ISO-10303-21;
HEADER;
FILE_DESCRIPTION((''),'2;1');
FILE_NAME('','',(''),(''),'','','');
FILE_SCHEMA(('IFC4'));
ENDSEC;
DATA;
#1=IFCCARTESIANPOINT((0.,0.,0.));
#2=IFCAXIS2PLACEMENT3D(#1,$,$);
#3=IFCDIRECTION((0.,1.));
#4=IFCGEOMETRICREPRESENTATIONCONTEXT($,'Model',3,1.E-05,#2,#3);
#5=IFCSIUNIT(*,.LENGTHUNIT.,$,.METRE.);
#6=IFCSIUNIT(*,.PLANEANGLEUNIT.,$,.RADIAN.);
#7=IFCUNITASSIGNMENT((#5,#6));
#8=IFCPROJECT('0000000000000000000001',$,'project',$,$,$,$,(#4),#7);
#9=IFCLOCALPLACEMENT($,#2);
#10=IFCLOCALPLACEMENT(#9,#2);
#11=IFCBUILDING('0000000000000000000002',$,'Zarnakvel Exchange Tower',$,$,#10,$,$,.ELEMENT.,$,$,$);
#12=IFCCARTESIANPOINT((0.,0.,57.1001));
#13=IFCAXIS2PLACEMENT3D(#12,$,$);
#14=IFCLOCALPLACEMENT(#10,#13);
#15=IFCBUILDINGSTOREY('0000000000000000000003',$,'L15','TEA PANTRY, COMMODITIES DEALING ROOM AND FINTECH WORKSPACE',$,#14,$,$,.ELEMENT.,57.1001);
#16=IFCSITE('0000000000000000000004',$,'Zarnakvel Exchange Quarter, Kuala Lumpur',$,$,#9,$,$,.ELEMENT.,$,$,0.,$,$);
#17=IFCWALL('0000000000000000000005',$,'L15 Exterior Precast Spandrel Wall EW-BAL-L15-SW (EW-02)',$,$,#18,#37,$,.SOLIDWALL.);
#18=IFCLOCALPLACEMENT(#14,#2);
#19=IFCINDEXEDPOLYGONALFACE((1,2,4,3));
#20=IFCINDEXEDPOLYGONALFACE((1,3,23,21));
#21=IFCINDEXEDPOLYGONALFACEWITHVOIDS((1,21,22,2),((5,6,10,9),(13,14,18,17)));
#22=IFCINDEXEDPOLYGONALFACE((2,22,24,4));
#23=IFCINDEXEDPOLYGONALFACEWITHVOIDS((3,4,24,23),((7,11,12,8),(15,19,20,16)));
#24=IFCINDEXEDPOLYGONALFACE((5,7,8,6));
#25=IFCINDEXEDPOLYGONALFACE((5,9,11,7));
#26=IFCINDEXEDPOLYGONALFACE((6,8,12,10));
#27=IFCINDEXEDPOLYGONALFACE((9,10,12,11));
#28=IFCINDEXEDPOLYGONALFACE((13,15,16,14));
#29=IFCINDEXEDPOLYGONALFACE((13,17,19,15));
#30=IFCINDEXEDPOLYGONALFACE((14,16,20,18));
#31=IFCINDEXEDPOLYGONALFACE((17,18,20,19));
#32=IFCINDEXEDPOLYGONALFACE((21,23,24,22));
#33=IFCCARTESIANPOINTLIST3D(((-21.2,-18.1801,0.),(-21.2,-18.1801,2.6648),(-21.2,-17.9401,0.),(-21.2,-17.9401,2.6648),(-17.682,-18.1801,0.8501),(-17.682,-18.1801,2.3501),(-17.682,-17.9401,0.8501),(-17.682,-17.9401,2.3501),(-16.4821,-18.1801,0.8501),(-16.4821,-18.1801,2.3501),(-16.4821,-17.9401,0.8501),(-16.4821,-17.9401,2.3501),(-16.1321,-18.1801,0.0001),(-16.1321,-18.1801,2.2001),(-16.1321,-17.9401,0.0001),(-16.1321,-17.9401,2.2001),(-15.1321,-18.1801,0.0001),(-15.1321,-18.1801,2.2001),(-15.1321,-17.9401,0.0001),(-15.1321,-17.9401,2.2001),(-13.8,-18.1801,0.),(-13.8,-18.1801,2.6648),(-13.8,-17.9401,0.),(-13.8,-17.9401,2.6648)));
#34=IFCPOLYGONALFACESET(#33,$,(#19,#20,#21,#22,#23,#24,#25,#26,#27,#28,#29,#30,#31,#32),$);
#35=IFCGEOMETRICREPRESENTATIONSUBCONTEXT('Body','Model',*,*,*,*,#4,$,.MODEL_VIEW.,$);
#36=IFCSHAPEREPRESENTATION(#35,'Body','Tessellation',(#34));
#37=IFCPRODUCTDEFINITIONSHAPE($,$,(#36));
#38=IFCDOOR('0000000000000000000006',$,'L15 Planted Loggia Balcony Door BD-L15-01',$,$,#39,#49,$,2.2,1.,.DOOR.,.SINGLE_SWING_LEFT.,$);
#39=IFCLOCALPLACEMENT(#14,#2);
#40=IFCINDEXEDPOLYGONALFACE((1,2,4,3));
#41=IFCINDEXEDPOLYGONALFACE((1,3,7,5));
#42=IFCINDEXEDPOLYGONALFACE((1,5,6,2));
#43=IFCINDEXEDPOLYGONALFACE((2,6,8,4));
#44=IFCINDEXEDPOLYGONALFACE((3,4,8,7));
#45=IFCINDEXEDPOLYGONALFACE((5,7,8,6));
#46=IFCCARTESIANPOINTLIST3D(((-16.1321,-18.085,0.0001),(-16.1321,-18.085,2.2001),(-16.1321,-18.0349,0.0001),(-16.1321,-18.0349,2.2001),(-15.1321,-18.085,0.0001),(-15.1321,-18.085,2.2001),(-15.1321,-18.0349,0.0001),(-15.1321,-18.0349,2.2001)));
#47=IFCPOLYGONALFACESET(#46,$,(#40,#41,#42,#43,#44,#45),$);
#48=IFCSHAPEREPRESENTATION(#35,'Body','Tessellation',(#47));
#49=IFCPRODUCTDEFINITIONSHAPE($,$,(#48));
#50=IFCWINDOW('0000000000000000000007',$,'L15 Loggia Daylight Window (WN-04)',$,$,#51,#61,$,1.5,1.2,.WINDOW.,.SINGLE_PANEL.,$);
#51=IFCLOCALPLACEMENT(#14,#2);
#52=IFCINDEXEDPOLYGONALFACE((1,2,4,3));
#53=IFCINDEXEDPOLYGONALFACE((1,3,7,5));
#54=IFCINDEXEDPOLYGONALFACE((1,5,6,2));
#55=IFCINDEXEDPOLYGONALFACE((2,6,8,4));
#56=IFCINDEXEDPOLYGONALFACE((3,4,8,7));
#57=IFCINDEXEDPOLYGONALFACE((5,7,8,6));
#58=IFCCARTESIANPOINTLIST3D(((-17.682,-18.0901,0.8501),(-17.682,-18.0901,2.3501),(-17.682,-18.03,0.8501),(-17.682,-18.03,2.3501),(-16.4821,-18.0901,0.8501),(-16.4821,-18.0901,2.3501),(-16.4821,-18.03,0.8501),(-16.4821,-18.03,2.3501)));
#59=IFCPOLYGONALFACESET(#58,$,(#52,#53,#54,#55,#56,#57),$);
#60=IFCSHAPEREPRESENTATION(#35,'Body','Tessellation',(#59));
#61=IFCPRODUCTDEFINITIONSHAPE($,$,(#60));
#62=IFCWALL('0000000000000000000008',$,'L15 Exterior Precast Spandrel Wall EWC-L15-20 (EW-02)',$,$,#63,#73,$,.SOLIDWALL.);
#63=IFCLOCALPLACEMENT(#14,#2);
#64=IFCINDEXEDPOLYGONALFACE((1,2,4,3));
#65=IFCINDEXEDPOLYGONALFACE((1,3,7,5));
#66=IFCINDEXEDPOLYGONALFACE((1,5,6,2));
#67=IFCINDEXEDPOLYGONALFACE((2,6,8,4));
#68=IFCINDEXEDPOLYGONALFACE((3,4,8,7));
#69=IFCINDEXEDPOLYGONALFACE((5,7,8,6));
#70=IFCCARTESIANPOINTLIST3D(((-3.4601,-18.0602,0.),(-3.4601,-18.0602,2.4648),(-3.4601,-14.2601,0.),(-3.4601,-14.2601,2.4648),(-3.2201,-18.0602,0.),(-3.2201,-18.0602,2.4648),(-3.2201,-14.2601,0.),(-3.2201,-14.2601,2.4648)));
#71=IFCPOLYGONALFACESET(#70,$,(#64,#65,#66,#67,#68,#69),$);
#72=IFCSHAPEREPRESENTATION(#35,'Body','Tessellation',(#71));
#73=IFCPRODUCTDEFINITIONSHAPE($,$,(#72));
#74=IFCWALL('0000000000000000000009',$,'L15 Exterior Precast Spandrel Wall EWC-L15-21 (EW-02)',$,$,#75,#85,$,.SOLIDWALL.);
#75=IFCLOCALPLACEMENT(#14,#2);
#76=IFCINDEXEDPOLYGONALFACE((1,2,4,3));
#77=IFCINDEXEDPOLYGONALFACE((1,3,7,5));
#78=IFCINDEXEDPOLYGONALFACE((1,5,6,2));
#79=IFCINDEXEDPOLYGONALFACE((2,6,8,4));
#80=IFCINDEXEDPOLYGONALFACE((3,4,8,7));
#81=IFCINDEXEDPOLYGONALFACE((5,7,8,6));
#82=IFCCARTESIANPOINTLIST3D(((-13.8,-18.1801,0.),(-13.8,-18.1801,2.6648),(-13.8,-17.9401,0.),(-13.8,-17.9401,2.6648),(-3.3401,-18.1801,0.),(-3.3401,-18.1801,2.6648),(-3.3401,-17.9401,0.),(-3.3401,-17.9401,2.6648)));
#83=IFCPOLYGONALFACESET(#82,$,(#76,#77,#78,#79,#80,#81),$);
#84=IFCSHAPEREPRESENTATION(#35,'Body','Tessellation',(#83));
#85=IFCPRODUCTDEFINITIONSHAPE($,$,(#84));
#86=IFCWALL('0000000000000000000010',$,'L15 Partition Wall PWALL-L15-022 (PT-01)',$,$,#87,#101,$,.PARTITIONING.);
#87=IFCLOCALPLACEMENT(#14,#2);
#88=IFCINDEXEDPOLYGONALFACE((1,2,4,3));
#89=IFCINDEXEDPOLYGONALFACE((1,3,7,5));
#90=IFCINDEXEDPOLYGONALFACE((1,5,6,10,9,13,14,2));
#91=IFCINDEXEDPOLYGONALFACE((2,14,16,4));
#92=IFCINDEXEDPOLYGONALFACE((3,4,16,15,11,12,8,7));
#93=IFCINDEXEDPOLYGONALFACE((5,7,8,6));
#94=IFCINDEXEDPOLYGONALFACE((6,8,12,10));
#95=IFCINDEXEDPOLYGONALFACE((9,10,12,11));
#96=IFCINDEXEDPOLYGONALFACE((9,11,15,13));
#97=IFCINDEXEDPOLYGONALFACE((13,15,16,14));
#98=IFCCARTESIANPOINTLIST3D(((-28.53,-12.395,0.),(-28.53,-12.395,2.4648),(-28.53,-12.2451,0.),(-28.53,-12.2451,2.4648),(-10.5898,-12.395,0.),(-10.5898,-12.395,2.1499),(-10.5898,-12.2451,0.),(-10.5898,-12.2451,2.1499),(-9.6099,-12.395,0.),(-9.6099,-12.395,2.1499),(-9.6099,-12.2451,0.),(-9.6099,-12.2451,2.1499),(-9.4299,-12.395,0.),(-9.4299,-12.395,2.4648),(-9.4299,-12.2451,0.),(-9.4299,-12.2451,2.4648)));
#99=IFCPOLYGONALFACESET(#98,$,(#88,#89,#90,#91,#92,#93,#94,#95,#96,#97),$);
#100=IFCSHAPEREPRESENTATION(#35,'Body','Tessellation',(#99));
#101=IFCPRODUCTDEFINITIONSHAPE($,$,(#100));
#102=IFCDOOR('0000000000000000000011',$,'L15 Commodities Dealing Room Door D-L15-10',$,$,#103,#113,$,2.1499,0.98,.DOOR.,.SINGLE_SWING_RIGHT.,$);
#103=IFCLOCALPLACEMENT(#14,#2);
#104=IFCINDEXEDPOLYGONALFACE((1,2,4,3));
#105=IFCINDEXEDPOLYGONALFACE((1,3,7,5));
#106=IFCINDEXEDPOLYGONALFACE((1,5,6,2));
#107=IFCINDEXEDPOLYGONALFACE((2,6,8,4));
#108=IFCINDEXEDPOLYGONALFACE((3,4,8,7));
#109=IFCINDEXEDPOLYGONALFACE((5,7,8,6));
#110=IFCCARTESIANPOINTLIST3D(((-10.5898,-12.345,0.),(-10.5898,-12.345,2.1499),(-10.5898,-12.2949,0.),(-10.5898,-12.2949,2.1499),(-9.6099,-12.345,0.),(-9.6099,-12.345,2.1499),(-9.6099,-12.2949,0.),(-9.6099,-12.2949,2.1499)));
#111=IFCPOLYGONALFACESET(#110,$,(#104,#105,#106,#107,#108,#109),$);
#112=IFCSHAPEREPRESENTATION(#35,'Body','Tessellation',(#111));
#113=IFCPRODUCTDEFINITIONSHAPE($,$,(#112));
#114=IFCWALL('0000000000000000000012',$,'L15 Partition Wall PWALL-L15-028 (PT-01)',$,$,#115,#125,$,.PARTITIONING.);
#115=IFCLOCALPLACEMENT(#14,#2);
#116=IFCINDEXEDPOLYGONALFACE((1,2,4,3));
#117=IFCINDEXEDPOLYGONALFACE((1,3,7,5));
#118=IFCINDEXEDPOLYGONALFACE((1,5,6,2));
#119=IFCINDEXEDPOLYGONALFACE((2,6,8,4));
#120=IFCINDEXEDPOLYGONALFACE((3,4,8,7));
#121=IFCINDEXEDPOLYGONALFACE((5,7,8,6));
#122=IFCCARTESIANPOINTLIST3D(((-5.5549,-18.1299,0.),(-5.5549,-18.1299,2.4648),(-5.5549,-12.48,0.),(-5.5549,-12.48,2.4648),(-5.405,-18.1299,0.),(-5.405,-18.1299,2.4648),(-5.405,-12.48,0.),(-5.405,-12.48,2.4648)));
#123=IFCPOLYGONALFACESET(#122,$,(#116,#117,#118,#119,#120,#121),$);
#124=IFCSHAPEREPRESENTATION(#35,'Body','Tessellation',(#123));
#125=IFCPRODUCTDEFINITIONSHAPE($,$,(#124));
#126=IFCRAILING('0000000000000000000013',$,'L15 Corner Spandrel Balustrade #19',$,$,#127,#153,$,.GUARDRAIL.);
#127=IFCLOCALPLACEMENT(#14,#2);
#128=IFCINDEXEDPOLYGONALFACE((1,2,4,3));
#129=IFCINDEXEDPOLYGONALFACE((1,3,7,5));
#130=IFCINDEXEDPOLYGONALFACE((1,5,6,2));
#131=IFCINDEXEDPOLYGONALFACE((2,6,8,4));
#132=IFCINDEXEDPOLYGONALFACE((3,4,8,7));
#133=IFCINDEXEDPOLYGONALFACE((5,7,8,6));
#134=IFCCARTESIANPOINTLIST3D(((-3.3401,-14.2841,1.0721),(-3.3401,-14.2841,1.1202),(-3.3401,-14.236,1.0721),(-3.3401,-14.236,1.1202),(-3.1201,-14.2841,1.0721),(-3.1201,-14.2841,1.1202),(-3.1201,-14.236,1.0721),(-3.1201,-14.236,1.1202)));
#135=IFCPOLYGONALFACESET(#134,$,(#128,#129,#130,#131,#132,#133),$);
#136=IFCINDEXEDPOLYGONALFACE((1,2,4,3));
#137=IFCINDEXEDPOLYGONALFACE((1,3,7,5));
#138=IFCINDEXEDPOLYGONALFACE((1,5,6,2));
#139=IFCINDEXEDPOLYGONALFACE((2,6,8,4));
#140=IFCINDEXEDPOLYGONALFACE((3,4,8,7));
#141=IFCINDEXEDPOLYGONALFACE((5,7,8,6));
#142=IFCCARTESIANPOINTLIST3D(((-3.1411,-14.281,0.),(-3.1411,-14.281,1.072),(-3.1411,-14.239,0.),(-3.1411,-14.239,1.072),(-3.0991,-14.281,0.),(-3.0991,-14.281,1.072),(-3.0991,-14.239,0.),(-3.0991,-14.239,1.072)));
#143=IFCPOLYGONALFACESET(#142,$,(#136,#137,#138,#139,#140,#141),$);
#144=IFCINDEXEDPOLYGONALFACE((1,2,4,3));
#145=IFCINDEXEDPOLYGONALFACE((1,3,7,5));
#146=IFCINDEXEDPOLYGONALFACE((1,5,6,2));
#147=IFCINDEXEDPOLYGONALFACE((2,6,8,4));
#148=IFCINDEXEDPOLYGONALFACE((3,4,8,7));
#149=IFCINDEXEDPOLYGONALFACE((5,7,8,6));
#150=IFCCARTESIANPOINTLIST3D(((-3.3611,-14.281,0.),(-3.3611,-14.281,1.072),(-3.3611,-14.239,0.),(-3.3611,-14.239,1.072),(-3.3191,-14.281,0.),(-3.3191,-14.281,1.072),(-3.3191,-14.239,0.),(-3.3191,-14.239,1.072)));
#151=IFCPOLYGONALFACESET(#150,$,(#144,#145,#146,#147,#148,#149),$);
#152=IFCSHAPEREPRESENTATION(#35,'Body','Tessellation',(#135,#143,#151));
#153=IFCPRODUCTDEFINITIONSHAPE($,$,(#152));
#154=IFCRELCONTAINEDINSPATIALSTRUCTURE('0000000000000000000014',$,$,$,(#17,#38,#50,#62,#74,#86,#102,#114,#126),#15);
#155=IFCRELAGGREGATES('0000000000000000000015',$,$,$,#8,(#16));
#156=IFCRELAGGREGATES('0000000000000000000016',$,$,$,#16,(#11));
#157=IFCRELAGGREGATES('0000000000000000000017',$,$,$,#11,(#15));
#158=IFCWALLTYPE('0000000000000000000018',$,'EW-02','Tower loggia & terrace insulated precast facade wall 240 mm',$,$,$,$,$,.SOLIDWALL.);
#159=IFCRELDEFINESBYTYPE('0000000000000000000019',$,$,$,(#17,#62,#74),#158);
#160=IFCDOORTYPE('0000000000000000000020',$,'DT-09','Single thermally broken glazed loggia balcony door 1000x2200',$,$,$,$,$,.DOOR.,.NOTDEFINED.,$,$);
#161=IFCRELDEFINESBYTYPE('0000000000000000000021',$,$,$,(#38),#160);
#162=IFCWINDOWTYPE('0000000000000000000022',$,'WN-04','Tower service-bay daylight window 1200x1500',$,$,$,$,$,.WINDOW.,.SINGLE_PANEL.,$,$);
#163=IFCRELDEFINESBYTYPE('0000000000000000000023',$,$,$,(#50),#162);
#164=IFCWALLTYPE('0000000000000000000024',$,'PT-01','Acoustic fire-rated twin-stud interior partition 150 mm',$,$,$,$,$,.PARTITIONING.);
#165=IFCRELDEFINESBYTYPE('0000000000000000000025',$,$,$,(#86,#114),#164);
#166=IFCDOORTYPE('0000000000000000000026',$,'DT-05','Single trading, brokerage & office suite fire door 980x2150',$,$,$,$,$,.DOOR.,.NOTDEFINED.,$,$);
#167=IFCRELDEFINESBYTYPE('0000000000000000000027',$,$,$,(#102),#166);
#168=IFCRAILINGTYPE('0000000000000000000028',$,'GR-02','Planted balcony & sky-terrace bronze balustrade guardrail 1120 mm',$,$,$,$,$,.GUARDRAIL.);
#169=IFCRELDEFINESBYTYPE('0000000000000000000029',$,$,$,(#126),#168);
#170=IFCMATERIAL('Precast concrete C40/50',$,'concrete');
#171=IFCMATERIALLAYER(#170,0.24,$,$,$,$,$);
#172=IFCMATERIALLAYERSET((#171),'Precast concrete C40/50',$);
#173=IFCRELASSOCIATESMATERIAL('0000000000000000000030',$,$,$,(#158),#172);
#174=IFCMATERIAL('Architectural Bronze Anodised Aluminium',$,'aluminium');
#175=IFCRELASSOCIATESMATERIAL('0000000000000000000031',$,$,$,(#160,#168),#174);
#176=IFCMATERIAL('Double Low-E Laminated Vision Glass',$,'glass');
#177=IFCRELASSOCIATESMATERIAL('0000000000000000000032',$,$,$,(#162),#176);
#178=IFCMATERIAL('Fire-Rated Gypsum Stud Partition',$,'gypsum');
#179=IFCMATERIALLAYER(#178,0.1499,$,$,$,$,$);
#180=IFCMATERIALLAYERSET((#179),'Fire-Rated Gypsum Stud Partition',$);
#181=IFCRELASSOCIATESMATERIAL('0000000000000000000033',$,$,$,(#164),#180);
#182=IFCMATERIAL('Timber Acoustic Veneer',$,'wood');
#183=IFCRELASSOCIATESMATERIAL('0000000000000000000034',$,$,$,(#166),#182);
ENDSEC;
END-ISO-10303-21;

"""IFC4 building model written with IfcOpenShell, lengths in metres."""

from ifc_helpers import new_model, si_unit, direction, frame, frame_2d, origin, origin_2d, place, context, subcontext, project, spatial, rectangle, extrude, source, transform, mapped, material, layer, layer_set, type_object, element, fill, save


model = new_model("IFC4")

# Units and contexts
model_context = context("Model", 3, precision=1e-05, world=origin(), true_north=direction((0.0, 1.0)))
body_context = subcontext(model_context, "Body", "Model", "MODEL_VIEW")
ifc_project = project(units=[si_unit("LENGTHUNIT", "METRE"), si_unit("PLANEANGLEUNIT", "RADIAN")], contexts=[model_context])

# Site, building, storey
site_placement = place(None, origin())
site = spatial("IfcSite", under=ifc_project, at=site_placement, Name="Zarnakvel Exchange Quarter, Kuala Lumpur", CompositionType="ELEMENT", RefElevation=0.0)
building_placement = place(site_placement, origin())
building = spatial("IfcBuilding", under=site, at=building_placement, Name="Zarnakvel Exchange Tower", CompositionType="ELEMENT")
storey_placement = place(building_placement, frame((0.0, 0.0, 57.1001)))
storey = spatial("IfcBuildingStorey", under=building, at=storey_placement, Name="L15", Description="TEA PANTRY, COMMODITIES DEALING ROOM AND FINTECH WORKSPACE", CompositionType="ELEMENT", Elevation=57.1001)

# Shared definitions
ifc_material_1 = material(Name="Architectural Bronze Anodised Aluminium", Category="aluminium")

# Shared definitions
ifc_material_2 = material(Name="Double Low-E Laminated Vision Glass", Category="glass")

# Wall, openings, door, window
ifc_material_3 = material(Name="Precast concrete C40/50", Category="concrete")
ifc_layer_1 = layer(ifc_material_3, 0.24)
ifc_layer_set_1 = layer_set([ifc_layer_1], Name="Precast concrete C40/50")
wall_type_1 = type_object("IfcWallType", Name="EW-02", Description="Tower loggia & terrace insulated precast facade wall 240 mm", PredefinedType="SOLIDWALL", material=ifc_layer_set_1)
wall_1_placement = place(storey_placement, frame((-13.8, -18.0601, 0.0), z_axis=(0.0, 0.0, 1.0), x_axis=(-1.0, 0.0, 0.0)))
wall_1 = element("IfcWall", 1, at=wall_1_placement, inside=storey, type_object=wall_type_1, Name="L15 Exterior Precast Spandrel Wall EW-BAL-L15-SW (EW-02)", PredefinedType="SOLIDWALL", context=body_context, shape_type="SweptSolid", body=[
    extrude(rectangle(XDim=7.3999, YDim=0.24, at=frame_2d((3.7, 0.0))), origin(), (0.0, 0.0, 1.0), 2.6648),
])
opening_1_placement = place(wall_1_placement, frame((1.332, 0.0, 0.0)))
opening_1 = element("IfcOpeningElement", 2, at=opening_1_placement, cuts=wall_1, PredefinedType="OPENING", context=body_context, shape_type="SweptSolid", body=[
    extrude(rectangle(XDim=1.0, YDim=2.2, at=frame_2d((0.5, 1.1001))), frame((0.0, 0.1299, 0.0), z_axis=(0.0, -1.0, 0.0), x_axis=(1.0, 0.0, 0.0)), (0.0, 0.0, 1.0), 0.26),
])
opening_2_placement = place(wall_1_placement, frame((2.6819, 0.0, 0.8501)))
opening_2 = element("IfcOpeningElement", 3, at=opening_2_placement, cuts=wall_1, PredefinedType="OPENING", context=body_context, shape_type="SweptSolid", body=[
    extrude(rectangle(XDim=1.2, YDim=1.5, at=frame_2d((0.6001, 0.75))), frame((0.0, 0.1299, 0.0), z_axis=(0.0, -1.0, 0.0), x_axis=(1.0, 0.0, 0.0)), (0.0, 0.0, 1.0), 0.26),
])
door_type_1 = type_object("IfcDoorType", Name="DT-09", Description="Single thermally broken glazed loggia balcony door 1000x2200", OperationType="NOTDEFINED", PredefinedType="DOOR", material=ifc_material_1)
shared_shape_1 = source(origin(), body_context, "Body", "SweptSolid", [
    extrude(rectangle(XDim=1.0, YDim=2.2, at=frame_2d((0.5, 1.1001))), frame((0.0, 0.0249, 0.0), z_axis=(0.0, -1.0, 0.0), x_axis=(1.0, 0.0, 0.0)), (0.0, 0.0, 1.0), 0.05),
])
door_1_placement = place(opening_1_placement, origin())
door_1 = element("IfcDoor", 4, at=door_1_placement, inside=storey, type_object=door_type_1, Name="L15 Planted Loggia Balcony Door BD-L15-01", OperationType="SINGLE_SWING_LEFT", OverallHeight=2.2, OverallWidth=1.0, PredefinedType="DOOR", context=body_context, shape_type="MappedRepresentation", body=[
    mapped(shared_shape_1, transform((0.0, 0.0, 0.0), x_axis=(1.0, 0.0, 0.0), y_axis=(0.0, 1.0, 0.0), z_axis=(0.0, 0.0, 1.0), scale=1.0)),
])
fill(opening_1, door_1)
window_type = type_object("IfcWindowType", Name="WN-04", Description="Tower service-bay daylight window 1200x1500", PartitioningType="SINGLE_PANEL", PredefinedType="WINDOW", material=ifc_material_2)
shared_shape_2 = source(origin(), body_context, "Body", "SweptSolid", [
    extrude(rectangle(XDim=1.2, YDim=1.5, at=frame_2d((0.6001, 0.75))), frame((0.0, 0.03, 0.0), z_axis=(0.0, -1.0, 0.0), x_axis=(1.0, 0.0, 0.0)), (0.0, 0.0, 1.0), 0.0601),
])
window_placement = place(opening_2_placement, origin())
window = element("IfcWindow", 5, at=window_placement, inside=storey, type_object=window_type, Name="L15 Loggia Daylight Window (WN-04)", OverallHeight=1.5, OverallWidth=1.2, PartitioningType="SINGLE_PANEL", PredefinedType="WINDOW", context=body_context, shape_type="MappedRepresentation", body=[
    mapped(shared_shape_2, transform((0.0, 0.0, 0.0), x_axis=(1.0, 0.0, 0.0), y_axis=(0.0, 1.0, 0.0), z_axis=(0.0, 0.0, 1.0), scale=1.0)),
])
fill(opening_2, window)

# Walls
wall_2_placement = place(storey_placement, frame((-3.3401, -18.0601, 0.0), z_axis=(0.0, 0.0, 1.0), x_axis=(0.0, 1.0, 0.0)))
element("IfcWall", 6, at=wall_2_placement, inside=storey, type_object=wall_type_1, Name="L15 Exterior Precast Spandrel Wall EWC-L15-20 (EW-02)", PredefinedType="SOLIDWALL", context=body_context, shape_type="SweptSolid", body=[
    extrude(rectangle(XDim=3.8, YDim=0.24, at=frame_2d((1.8999, 0.0))), origin(), (0.0, 0.0, 1.0), 2.4648),
])
wall_3_placement = place(storey_placement, frame((-13.8, -18.0601, 0.0), z_axis=(0.0, 0.0, 1.0), x_axis=(1.0, 0.0, 0.0)))
element("IfcWall", 7, at=wall_3_placement, inside=storey, type_object=wall_type_1, Name="L15 Exterior Precast Spandrel Wall EWC-L15-21 (EW-02)", PredefinedType="SOLIDWALL", context=body_context, shape_type="SweptSolid", body=[
    extrude(rectangle(XDim=10.46, YDim=0.24, at=frame_2d((5.23, 0.0))), origin(), (0.0, 0.0, 1.0), 2.6648),
])

# Wall, opening, door
ifc_material_4 = material(Name="Fire-Rated Gypsum Stud Partition", Category="gypsum")
ifc_layer_2 = layer(ifc_material_4, 0.1499)
ifc_layer_set_2 = layer_set([ifc_layer_2], Name="Fire-Rated Gypsum Stud Partition")
wall_type_2 = type_object("IfcWallType", Name="PT-01", Description="Acoustic fire-rated twin-stud interior partition 150 mm", PredefinedType="PARTITIONING", material=ifc_layer_set_2)
wall_4_placement = place(storey_placement, frame((-9.4299, -12.3201, 0.0), z_axis=(0.0, 0.0, 1.0), x_axis=(-1.0, 0.0, 0.0)))
wall_4 = element("IfcWall", 8, at=wall_4_placement, inside=storey, type_object=wall_type_2, Name="L15 Partition Wall PWALL-L15-022 (PT-01)", PredefinedType="PARTITIONING", context=body_context, shape_type="SweptSolid", body=[
    extrude(rectangle(XDim=19.1001, YDim=0.1499, at=frame_2d((9.55, 0.0))), origin(), (0.0, 0.0, 1.0), 2.4648),
])
opening_3_placement = place(wall_4_placement, frame((0.1799, 0.0, 0.0)))
opening_3 = element("IfcOpeningElement", 9, at=opening_3_placement, cuts=wall_4, PredefinedType="OPENING", context=body_context, shape_type="SweptSolid", body=[
    extrude(rectangle(XDim=0.98, YDim=2.1499, at=frame_2d((0.49, 1.075))), frame((0.0, 0.085, 0.0), z_axis=(0.0, -1.0, 0.0), x_axis=(1.0, 0.0, 0.0)), (0.0, 0.0, 1.0), 0.1699),
])
ifc_material_5 = material(Name="Timber Acoustic Veneer", Category="wood")
door_type_2 = type_object("IfcDoorType", Name="DT-05", Description="Single trading, brokerage & office suite fire door 980x2150", OperationType="NOTDEFINED", PredefinedType="DOOR", material=ifc_material_5)
shared_shape_3 = source(origin(), body_context, "Body", "SweptSolid", [
    extrude(rectangle(XDim=0.98, YDim=2.1499, at=frame_2d((0.49, 1.075))), frame((0.0, 0.0249, 0.0), z_axis=(0.0, -1.0, 0.0), x_axis=(1.0, 0.0, 0.0)), (0.0, 0.0, 1.0), 0.05),
])
door_2_placement = place(opening_3_placement, origin())
door_2 = element("IfcDoor", 10, at=door_2_placement, inside=storey, type_object=door_type_2, Name="L15 Commodities Dealing Room Door D-L15-10", OperationType="SINGLE_SWING_RIGHT", OverallHeight=2.1499, OverallWidth=0.98, PredefinedType="DOOR", context=body_context, shape_type="MappedRepresentation", body=[
    mapped(shared_shape_3, transform((0.0, 0.0, 0.0), x_axis=(1.0, 0.0, 0.0), y_axis=(0.0, 1.0, 0.0), z_axis=(0.0, 0.0, 1.0), scale=1.0)),
])
fill(opening_3, door_2)

# Wall
wall_5_placement = place(storey_placement, frame((-5.48, -12.48, 0.0), z_axis=(0.0, 0.0, 1.0), x_axis=(0.0, -1.0, 0.0)))
element("IfcWall", 11, at=wall_5_placement, inside=storey, type_object=wall_type_2, Name="L15 Partition Wall PWALL-L15-028 (PT-01)", PredefinedType="PARTITIONING", context=body_context, shape_type="SweptSolid", body=[
    extrude(rectangle(XDim=5.6499, YDim=0.1499, at=frame_2d((2.825, 0.0))), origin(), (0.0, 0.0, 1.0), 2.4648),
])

# Railing
railing_type_1 = type_object("IfcRailingType", Name="GR-02", Description="Planted balcony & sky-terrace bronze balustrade guardrail 1120 mm", PredefinedType="GUARDRAIL", material=ifc_material_1)
railing_1_placement = place(storey_placement, frame((-3.1201, -14.26, 0.0)))
element("IfcRailing", 12, at=railing_1_placement, inside=storey, type_object=railing_type_1, Name="L15 Corner Spandrel Balustrade #19", PredefinedType="GUARDRAIL", context=body_context, shape_type="SweptSolid", body=[
    extrude(rectangle(XDim=0.0481, YDim=0.0481, at=origin_2d()), frame((0.0, 0.0, 1.0962), z_axis=(-1.0, 0.0, 0.0), x_axis=(0.0, -1.0, 0.0)), (0.0, 0.0, 1.0), 0.22),
    extrude(rectangle(XDim=0.042, YDim=0.042, at=origin_2d()), origin(), (0.0, 0.0, 1.0), 1.072),
    extrude(rectangle(XDim=0.042, YDim=0.042, at=origin_2d()), frame((-0.22, 0.0, 0.0)), (0.0, 0.0, 1.0), 1.072),
])

save(model, "model.ifc")
